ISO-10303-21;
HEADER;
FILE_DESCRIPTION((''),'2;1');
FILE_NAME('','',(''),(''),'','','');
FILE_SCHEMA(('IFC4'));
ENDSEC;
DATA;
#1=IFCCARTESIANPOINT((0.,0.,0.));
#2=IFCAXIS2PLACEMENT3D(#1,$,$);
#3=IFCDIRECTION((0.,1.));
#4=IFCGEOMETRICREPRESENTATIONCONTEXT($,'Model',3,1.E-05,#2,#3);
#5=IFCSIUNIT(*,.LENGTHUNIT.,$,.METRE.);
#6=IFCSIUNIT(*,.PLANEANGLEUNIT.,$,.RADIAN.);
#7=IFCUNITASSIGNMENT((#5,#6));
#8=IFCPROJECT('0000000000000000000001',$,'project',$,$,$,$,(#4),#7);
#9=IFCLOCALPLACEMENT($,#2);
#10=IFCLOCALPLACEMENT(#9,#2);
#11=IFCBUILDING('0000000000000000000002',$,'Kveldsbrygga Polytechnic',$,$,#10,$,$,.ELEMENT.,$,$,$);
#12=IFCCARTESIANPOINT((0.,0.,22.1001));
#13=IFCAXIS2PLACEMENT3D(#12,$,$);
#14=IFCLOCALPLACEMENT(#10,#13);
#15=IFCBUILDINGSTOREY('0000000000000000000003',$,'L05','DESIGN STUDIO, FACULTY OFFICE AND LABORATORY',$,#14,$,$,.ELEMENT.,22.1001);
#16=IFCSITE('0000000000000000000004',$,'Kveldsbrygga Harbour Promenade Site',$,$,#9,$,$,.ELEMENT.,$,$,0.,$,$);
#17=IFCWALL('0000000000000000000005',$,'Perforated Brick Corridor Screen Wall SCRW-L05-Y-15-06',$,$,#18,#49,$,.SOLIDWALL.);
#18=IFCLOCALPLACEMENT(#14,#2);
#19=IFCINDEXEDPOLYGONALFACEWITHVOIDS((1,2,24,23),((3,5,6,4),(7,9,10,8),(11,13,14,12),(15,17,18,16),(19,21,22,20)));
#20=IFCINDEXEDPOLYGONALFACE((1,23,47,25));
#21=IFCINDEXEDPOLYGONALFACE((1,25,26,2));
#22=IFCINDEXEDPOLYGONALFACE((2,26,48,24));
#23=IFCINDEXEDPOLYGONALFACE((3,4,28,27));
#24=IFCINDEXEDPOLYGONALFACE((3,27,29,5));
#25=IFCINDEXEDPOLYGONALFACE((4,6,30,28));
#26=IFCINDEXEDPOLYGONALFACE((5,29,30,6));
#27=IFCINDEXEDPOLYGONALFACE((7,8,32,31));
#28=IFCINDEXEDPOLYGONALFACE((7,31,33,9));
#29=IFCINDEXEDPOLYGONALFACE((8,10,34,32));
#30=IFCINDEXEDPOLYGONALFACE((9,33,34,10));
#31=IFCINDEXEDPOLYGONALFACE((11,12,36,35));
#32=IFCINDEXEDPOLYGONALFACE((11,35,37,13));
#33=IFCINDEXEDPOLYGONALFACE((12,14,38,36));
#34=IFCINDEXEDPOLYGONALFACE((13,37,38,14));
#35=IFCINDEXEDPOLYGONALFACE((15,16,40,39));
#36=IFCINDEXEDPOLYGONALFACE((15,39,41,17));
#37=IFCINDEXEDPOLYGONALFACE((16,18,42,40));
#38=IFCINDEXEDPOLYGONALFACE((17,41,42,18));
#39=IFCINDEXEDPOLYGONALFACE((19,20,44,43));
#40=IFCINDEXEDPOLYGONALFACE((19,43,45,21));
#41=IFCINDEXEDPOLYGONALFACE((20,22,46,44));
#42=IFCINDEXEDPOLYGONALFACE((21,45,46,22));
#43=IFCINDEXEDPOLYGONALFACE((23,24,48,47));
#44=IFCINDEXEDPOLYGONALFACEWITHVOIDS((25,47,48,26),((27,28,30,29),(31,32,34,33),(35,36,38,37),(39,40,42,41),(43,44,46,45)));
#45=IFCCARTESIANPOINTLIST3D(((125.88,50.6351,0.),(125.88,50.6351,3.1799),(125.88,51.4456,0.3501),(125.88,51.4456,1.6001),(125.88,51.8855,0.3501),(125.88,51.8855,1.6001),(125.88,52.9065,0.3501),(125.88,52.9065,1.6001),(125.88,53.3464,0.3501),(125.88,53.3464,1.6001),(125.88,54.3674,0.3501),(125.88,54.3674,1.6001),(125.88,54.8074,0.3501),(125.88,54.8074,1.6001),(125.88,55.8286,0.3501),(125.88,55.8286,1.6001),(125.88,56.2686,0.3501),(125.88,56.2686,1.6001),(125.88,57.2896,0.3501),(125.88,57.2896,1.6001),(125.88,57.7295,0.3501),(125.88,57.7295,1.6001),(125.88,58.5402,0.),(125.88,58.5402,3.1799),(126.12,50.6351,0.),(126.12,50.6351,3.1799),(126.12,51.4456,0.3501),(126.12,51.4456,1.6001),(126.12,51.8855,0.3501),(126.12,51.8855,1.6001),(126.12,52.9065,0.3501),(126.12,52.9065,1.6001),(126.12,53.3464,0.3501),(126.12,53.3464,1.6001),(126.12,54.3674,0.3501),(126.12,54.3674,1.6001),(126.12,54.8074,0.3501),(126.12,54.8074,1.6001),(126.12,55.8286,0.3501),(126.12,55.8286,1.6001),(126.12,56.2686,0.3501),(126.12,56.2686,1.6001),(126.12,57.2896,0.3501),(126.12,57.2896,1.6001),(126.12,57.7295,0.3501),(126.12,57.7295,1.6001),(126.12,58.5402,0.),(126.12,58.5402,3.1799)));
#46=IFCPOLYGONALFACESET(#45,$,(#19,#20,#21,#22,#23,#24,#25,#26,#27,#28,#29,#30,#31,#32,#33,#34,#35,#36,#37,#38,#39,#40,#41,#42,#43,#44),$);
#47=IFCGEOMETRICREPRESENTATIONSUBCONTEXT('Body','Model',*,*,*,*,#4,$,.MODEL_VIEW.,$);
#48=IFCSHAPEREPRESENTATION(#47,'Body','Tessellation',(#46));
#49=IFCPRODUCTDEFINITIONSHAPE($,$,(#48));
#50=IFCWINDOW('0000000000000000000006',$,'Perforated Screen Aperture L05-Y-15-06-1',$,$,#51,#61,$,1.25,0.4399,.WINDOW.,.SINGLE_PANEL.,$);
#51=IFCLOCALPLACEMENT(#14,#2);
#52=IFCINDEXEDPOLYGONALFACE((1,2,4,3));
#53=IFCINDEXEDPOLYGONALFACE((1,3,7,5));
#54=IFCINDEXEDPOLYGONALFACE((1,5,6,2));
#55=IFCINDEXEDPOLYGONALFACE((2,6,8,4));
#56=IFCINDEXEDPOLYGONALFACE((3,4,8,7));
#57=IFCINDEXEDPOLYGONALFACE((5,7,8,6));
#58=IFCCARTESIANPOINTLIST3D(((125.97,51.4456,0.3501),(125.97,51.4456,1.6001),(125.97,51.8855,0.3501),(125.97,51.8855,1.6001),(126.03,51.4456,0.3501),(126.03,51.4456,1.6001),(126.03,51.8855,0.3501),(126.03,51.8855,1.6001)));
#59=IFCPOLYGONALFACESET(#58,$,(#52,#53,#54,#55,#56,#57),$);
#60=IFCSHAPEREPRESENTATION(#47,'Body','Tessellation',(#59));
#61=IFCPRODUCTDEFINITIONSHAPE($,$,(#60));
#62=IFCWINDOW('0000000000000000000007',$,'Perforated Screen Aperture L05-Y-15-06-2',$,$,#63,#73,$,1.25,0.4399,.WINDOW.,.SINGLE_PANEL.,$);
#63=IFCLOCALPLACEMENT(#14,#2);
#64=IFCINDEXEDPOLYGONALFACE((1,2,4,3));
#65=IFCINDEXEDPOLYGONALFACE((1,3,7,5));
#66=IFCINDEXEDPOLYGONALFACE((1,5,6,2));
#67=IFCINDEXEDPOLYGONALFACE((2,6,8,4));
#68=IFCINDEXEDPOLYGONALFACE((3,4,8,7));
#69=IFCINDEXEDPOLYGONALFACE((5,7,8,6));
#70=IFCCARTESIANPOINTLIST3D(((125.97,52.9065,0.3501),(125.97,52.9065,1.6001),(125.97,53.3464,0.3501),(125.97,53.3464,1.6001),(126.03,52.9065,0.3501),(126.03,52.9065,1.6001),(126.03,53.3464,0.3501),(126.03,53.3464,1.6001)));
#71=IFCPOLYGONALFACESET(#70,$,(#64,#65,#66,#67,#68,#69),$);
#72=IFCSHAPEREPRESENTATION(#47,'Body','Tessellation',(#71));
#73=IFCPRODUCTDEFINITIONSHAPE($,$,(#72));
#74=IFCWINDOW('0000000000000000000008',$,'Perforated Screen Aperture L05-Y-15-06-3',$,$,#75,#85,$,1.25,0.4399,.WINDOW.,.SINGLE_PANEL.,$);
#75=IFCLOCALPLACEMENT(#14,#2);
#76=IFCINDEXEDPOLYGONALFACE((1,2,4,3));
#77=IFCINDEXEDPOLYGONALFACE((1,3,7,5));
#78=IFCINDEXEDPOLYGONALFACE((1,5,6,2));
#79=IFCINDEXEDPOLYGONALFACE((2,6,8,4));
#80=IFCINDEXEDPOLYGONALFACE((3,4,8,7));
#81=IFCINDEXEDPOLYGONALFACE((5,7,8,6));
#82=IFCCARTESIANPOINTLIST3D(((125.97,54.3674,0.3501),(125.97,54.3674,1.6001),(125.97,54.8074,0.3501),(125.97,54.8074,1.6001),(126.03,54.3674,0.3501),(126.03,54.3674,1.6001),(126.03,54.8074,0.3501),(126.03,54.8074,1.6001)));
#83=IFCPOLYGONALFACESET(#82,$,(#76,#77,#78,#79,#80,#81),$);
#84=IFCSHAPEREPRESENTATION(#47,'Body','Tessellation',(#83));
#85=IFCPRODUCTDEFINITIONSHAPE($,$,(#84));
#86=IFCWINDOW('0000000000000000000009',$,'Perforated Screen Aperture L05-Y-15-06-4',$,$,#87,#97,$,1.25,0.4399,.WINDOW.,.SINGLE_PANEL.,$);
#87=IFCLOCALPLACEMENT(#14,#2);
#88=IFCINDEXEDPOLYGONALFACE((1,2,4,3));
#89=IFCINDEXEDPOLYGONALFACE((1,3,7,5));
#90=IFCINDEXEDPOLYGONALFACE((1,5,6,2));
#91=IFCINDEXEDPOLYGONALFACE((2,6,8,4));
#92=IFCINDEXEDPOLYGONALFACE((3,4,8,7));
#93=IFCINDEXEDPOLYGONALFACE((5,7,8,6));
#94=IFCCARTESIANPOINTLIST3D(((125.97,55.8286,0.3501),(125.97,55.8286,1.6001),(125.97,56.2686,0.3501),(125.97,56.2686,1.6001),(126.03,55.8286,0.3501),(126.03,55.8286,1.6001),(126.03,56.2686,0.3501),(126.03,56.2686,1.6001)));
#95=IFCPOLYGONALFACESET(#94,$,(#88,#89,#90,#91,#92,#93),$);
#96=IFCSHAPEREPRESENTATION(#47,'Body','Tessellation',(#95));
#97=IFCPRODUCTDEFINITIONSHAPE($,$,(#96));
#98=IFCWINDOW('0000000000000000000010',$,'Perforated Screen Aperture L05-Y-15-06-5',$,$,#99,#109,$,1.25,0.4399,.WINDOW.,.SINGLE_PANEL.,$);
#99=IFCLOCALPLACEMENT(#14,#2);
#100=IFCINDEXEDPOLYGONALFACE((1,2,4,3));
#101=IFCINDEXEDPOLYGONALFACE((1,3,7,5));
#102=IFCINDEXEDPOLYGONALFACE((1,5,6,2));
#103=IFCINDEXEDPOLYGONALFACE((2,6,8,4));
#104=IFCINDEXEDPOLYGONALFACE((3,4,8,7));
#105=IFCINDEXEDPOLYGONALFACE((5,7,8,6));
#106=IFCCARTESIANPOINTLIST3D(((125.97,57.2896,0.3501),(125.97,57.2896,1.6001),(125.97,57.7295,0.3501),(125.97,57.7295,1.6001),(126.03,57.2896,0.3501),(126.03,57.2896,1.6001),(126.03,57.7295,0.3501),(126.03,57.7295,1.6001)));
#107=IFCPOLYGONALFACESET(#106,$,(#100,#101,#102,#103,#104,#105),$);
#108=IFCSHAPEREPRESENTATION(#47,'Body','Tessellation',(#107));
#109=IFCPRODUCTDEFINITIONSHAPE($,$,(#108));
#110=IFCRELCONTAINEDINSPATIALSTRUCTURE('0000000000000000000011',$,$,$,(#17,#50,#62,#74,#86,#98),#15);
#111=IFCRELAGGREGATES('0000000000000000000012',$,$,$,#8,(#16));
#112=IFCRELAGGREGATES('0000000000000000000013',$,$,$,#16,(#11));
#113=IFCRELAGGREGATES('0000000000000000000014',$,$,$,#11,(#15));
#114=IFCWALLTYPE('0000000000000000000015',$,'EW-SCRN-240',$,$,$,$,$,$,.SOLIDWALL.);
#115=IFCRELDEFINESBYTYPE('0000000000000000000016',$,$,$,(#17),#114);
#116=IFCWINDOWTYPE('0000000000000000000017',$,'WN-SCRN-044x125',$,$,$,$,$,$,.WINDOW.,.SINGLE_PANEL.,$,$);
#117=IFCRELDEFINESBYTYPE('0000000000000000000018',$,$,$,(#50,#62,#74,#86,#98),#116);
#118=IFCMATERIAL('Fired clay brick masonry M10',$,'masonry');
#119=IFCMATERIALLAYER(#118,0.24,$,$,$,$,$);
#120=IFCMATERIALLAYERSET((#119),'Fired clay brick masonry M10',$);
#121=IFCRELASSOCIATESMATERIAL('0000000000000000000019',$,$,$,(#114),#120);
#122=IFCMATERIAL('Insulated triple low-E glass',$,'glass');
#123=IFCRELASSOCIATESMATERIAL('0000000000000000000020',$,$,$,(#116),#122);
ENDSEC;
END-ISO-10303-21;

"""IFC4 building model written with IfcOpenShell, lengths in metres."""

from ifc_helpers import new_model, si_unit, direction, frame, frame_2d, origin, place, context, subcontext, project, spatial, rectangle, extrude, material, layer, layer_set, type_object, element, fill, save


model = new_model("IFC4")

# Units and contexts
model_context = context("Model", 3, precision=1e-05, world=origin(), true_north=direction((0.0, 1.0)))
body_context = subcontext(model_context, "Body", "Model", "MODEL_VIEW")
ifc_project = project(units=[si_unit("LENGTHUNIT", "METRE"), si_unit("PLANEANGLEUNIT", "RADIAN")], contexts=[model_context])

# Site, building, storey
site_placement = place(None, origin())
site = spatial("IfcSite", under=ifc_project, at=site_placement, Name="Kveldsbrygga Harbour Promenade Site", CompositionType="ELEMENT", RefElevation=0.0)
building_placement = place(site_placement, origin())
building = spatial("IfcBuilding", under=site, at=building_placement, Name="Kveldsbrygga Polytechnic", CompositionType="ELEMENT")
storey_placement = place(building_placement, frame((0.0, 0.0, 22.1001)))
storey = spatial("IfcBuildingStorey", under=building, at=storey_placement, Name="L05", Description="DESIGN STUDIO, FACULTY OFFICE AND LABORATORY", CompositionType="ELEMENT", Elevation=22.1001)

# Wall, openings, windows
ifc_material_1 = material(Name="Fired clay brick masonry M10", Category="masonry")
ifc_layer = layer(ifc_material_1, 0.24)
ifc_layer_set = layer_set([ifc_layer], Name="Fired clay brick masonry M10")
wall_type = type_object("IfcWallType", Name="EW-SCRN-240", PredefinedType="SOLIDWALL", material=ifc_layer_set)
ifc_material_2 = material(Name="Insulated triple low-E glass", Category="glass")
window_type = type_object("IfcWindowType", Name="WN-SCRN-044x125", PartitioningType="SINGLE_PANEL", PredefinedType="WINDOW", material=ifc_material_2)
wall_1_placement = place(storey_placement, frame((126.0, 50.635, 0.0), z_axis=(0.0, 0.0, 1.0), x_axis=(0.0, 1.0, 0.0)))
wall_1 = element("IfcWall", 1, at=wall_1_placement, inside=storey, type_object=wall_type, Name="Perforated Brick Corridor Screen Wall SCRW-L05-Y-15-06", PredefinedType="SOLIDWALL", context=body_context, shape_type="SweptSolid", body=[
    extrude(rectangle(XDim=7.905, YDim=0.24, at=frame_2d((3.9526, 0.0))), origin(), (0.0, 0.0, 1.0), 3.1799),
])
opening_1_placement = place(wall_1_placement, frame((0.8105, 0.0, 0.3501)))
opening_1 = element("IfcOpeningElement", 2, at=opening_1_placement, cuts=wall_1, PredefinedType="OPENING", context=body_context, shape_type="SweptSolid", body=[
    extrude(rectangle(XDim=0.4399, YDim=1.25, at=frame_2d((0.22, 0.625))), frame((0.0, 0.1299, 0.0), z_axis=(0.0, -1.0, 0.0), x_axis=(1.0, 0.0, 0.0)), (0.0, 0.0, 1.0), 0.26),
])
opening_2_placement = place(wall_1_placement, frame((2.2715, 0.0, 0.3501)))
opening_2 = element("IfcOpeningElement", 3, at=opening_2_placement, cuts=wall_1, PredefinedType="OPENING", context=body_context, shape_type="SweptSolid", body=[
    extrude(rectangle(XDim=0.4399, YDim=1.25, at=frame_2d((0.22, 0.625))), frame((0.0, 0.1299, 0.0), z_axis=(0.0, -1.0, 0.0), x_axis=(1.0, 0.0, 0.0)), (0.0, 0.0, 1.0), 0.26),
])
opening_3_placement = place(wall_1_placement, frame((3.7324, 0.0, 0.3501)))
opening_3 = element("IfcOpeningElement", 4, at=opening_3_placement, cuts=wall_1, PredefinedType="OPENING", context=body_context, shape_type="SweptSolid", body=[
    extrude(rectangle(XDim=0.4399, YDim=1.25, at=frame_2d((0.22, 0.625))), frame((0.0, 0.1299, 0.0), z_axis=(0.0, -1.0, 0.0), x_axis=(1.0, 0.0, 0.0)), (0.0, 0.0, 1.0), 0.26),
])
opening_4_placement = place(wall_1_placement, frame((5.1936, 0.0, 0.3501)))
opening_4 = element("IfcOpeningElement", 5, at=opening_4_placement, cuts=wall_1, PredefinedType="OPENING", context=body_context, shape_type="SweptSolid", body=[
    extrude(rectangle(XDim=0.4399, YDim=1.25, at=frame_2d((0.22, 0.625))), frame((0.0, 0.1299, 0.0), z_axis=(0.0, -1.0, 0.0), x_axis=(1.0, 0.0, 0.0)), (0.0, 0.0, 1.0), 0.26),
])
opening_5_placement = place(wall_1_placement, frame((6.6545, 0.0, 0.3501)))
opening_5 = element("IfcOpeningElement", 6, at=opening_5_placement, cuts=wall_1, PredefinedType="OPENING", context=body_context, shape_type="SweptSolid", body=[
    extrude(rectangle(XDim=0.4399, YDim=1.25, at=frame_2d((0.22, 0.625))), frame((0.0, 0.1299, 0.0), z_axis=(0.0, -1.0, 0.0), x_axis=(1.0, 0.0, 0.0)), (0.0, 0.0, 1.0), 0.26),
])
window_1_placement = place(opening_1_placement, origin())
window_1 = element("IfcWindow", 7, at=window_1_placement, inside=storey, type_object=window_type, Name="Perforated Screen Aperture L05-Y-15-06-1", OverallHeight=1.25, OverallWidth=0.4399, PartitioningType="SINGLE_PANEL", PredefinedType="WINDOW", context=body_context, shape_type="SweptSolid", body=[
    extrude(rectangle(XDim=0.4399, YDim=1.25, at=frame_2d((0.22, 0.625))), frame((0.0, 0.03, 0.0), z_axis=(0.0, -1.0, 0.0), x_axis=(1.0, 0.0, 0.0)), (0.0, 0.0, 1.0), 0.0601),
])
fill(opening_1, window_1)
window_2_placement = place(opening_2_placement, origin())
window_2 = element("IfcWindow", 8, at=window_2_placement, inside=storey, type_object=window_type, Name="Perforated Screen Aperture L05-Y-15-06-2", OverallHeight=1.25, OverallWidth=0.4399, PartitioningType="SINGLE_PANEL", PredefinedType="WINDOW", context=body_context, shape_type="SweptSolid", body=[
    extrude(rectangle(XDim=0.4399, YDim=1.25, at=frame_2d((0.22, 0.625))), frame((0.0, 0.03, 0.0), z_axis=(0.0, -1.0, 0.0), x_axis=(1.0, 0.0, 0.0)), (0.0, 0.0, 1.0), 0.0601),
])
fill(opening_2, window_2)
window_3_placement = place(opening_3_placement, origin())
window_3 = element("IfcWindow", 9, at=window_3_placement, inside=storey, type_object=window_type, Name="Perforated Screen Aperture L05-Y-15-06-3", OverallHeight=1.25, OverallWidth=0.4399, PartitioningType="SINGLE_PANEL", PredefinedType="WINDOW", context=body_context, shape_type="SweptSolid", body=[
    extrude(rectangle(XDim=0.4399, YDim=1.25, at=frame_2d((0.22, 0.625))), frame((0.0, 0.03, 0.0), z_axis=(0.0, -1.0, 0.0), x_axis=(1.0, 0.0, 0.0)), (0.0, 0.0, 1.0), 0.0601),
])
fill(opening_3, window_3)
window_4_placement = place(opening_4_placement, origin())
window_4 = element("IfcWindow", 10, at=window_4_placement, inside=storey, type_object=window_type, Name="Perforated Screen Aperture L05-Y-15-06-4", OverallHeight=1.25, OverallWidth=0.4399, PartitioningType="SINGLE_PANEL", PredefinedType="WINDOW", context=body_context, shape_type="SweptSolid", body=[
    extrude(rectangle(XDim=0.4399, YDim=1.25, at=frame_2d((0.22, 0.625))), frame((0.0, 0.03, 0.0), z_axis=(0.0, -1.0, 0.0), x_axis=(1.0, 0.0, 0.0)), (0.0, 0.0, 1.0), 0.0601),
])
fill(opening_4, window_4)
window_5_placement = place(opening_5_placement, origin())
window_5 = element("IfcWindow", 11, at=window_5_placement, inside=storey, type_object=window_type, Name="Perforated Screen Aperture L05-Y-15-06-5", OverallHeight=1.25, OverallWidth=0.4399, PartitioningType="SINGLE_PANEL", PredefinedType="WINDOW", context=body_context, shape_type="SweptSolid", body=[
    extrude(rectangle(XDim=0.4399, YDim=1.25, at=frame_2d((0.22, 0.625))), frame((0.0, 0.03, 0.0), z_axis=(0.0, -1.0, 0.0), x_axis=(1.0, 0.0, 0.0)), (0.0, 0.0, 1.0), 0.0601),
])
fill(opening_5, window_5)

save(model, "model.ifc")
